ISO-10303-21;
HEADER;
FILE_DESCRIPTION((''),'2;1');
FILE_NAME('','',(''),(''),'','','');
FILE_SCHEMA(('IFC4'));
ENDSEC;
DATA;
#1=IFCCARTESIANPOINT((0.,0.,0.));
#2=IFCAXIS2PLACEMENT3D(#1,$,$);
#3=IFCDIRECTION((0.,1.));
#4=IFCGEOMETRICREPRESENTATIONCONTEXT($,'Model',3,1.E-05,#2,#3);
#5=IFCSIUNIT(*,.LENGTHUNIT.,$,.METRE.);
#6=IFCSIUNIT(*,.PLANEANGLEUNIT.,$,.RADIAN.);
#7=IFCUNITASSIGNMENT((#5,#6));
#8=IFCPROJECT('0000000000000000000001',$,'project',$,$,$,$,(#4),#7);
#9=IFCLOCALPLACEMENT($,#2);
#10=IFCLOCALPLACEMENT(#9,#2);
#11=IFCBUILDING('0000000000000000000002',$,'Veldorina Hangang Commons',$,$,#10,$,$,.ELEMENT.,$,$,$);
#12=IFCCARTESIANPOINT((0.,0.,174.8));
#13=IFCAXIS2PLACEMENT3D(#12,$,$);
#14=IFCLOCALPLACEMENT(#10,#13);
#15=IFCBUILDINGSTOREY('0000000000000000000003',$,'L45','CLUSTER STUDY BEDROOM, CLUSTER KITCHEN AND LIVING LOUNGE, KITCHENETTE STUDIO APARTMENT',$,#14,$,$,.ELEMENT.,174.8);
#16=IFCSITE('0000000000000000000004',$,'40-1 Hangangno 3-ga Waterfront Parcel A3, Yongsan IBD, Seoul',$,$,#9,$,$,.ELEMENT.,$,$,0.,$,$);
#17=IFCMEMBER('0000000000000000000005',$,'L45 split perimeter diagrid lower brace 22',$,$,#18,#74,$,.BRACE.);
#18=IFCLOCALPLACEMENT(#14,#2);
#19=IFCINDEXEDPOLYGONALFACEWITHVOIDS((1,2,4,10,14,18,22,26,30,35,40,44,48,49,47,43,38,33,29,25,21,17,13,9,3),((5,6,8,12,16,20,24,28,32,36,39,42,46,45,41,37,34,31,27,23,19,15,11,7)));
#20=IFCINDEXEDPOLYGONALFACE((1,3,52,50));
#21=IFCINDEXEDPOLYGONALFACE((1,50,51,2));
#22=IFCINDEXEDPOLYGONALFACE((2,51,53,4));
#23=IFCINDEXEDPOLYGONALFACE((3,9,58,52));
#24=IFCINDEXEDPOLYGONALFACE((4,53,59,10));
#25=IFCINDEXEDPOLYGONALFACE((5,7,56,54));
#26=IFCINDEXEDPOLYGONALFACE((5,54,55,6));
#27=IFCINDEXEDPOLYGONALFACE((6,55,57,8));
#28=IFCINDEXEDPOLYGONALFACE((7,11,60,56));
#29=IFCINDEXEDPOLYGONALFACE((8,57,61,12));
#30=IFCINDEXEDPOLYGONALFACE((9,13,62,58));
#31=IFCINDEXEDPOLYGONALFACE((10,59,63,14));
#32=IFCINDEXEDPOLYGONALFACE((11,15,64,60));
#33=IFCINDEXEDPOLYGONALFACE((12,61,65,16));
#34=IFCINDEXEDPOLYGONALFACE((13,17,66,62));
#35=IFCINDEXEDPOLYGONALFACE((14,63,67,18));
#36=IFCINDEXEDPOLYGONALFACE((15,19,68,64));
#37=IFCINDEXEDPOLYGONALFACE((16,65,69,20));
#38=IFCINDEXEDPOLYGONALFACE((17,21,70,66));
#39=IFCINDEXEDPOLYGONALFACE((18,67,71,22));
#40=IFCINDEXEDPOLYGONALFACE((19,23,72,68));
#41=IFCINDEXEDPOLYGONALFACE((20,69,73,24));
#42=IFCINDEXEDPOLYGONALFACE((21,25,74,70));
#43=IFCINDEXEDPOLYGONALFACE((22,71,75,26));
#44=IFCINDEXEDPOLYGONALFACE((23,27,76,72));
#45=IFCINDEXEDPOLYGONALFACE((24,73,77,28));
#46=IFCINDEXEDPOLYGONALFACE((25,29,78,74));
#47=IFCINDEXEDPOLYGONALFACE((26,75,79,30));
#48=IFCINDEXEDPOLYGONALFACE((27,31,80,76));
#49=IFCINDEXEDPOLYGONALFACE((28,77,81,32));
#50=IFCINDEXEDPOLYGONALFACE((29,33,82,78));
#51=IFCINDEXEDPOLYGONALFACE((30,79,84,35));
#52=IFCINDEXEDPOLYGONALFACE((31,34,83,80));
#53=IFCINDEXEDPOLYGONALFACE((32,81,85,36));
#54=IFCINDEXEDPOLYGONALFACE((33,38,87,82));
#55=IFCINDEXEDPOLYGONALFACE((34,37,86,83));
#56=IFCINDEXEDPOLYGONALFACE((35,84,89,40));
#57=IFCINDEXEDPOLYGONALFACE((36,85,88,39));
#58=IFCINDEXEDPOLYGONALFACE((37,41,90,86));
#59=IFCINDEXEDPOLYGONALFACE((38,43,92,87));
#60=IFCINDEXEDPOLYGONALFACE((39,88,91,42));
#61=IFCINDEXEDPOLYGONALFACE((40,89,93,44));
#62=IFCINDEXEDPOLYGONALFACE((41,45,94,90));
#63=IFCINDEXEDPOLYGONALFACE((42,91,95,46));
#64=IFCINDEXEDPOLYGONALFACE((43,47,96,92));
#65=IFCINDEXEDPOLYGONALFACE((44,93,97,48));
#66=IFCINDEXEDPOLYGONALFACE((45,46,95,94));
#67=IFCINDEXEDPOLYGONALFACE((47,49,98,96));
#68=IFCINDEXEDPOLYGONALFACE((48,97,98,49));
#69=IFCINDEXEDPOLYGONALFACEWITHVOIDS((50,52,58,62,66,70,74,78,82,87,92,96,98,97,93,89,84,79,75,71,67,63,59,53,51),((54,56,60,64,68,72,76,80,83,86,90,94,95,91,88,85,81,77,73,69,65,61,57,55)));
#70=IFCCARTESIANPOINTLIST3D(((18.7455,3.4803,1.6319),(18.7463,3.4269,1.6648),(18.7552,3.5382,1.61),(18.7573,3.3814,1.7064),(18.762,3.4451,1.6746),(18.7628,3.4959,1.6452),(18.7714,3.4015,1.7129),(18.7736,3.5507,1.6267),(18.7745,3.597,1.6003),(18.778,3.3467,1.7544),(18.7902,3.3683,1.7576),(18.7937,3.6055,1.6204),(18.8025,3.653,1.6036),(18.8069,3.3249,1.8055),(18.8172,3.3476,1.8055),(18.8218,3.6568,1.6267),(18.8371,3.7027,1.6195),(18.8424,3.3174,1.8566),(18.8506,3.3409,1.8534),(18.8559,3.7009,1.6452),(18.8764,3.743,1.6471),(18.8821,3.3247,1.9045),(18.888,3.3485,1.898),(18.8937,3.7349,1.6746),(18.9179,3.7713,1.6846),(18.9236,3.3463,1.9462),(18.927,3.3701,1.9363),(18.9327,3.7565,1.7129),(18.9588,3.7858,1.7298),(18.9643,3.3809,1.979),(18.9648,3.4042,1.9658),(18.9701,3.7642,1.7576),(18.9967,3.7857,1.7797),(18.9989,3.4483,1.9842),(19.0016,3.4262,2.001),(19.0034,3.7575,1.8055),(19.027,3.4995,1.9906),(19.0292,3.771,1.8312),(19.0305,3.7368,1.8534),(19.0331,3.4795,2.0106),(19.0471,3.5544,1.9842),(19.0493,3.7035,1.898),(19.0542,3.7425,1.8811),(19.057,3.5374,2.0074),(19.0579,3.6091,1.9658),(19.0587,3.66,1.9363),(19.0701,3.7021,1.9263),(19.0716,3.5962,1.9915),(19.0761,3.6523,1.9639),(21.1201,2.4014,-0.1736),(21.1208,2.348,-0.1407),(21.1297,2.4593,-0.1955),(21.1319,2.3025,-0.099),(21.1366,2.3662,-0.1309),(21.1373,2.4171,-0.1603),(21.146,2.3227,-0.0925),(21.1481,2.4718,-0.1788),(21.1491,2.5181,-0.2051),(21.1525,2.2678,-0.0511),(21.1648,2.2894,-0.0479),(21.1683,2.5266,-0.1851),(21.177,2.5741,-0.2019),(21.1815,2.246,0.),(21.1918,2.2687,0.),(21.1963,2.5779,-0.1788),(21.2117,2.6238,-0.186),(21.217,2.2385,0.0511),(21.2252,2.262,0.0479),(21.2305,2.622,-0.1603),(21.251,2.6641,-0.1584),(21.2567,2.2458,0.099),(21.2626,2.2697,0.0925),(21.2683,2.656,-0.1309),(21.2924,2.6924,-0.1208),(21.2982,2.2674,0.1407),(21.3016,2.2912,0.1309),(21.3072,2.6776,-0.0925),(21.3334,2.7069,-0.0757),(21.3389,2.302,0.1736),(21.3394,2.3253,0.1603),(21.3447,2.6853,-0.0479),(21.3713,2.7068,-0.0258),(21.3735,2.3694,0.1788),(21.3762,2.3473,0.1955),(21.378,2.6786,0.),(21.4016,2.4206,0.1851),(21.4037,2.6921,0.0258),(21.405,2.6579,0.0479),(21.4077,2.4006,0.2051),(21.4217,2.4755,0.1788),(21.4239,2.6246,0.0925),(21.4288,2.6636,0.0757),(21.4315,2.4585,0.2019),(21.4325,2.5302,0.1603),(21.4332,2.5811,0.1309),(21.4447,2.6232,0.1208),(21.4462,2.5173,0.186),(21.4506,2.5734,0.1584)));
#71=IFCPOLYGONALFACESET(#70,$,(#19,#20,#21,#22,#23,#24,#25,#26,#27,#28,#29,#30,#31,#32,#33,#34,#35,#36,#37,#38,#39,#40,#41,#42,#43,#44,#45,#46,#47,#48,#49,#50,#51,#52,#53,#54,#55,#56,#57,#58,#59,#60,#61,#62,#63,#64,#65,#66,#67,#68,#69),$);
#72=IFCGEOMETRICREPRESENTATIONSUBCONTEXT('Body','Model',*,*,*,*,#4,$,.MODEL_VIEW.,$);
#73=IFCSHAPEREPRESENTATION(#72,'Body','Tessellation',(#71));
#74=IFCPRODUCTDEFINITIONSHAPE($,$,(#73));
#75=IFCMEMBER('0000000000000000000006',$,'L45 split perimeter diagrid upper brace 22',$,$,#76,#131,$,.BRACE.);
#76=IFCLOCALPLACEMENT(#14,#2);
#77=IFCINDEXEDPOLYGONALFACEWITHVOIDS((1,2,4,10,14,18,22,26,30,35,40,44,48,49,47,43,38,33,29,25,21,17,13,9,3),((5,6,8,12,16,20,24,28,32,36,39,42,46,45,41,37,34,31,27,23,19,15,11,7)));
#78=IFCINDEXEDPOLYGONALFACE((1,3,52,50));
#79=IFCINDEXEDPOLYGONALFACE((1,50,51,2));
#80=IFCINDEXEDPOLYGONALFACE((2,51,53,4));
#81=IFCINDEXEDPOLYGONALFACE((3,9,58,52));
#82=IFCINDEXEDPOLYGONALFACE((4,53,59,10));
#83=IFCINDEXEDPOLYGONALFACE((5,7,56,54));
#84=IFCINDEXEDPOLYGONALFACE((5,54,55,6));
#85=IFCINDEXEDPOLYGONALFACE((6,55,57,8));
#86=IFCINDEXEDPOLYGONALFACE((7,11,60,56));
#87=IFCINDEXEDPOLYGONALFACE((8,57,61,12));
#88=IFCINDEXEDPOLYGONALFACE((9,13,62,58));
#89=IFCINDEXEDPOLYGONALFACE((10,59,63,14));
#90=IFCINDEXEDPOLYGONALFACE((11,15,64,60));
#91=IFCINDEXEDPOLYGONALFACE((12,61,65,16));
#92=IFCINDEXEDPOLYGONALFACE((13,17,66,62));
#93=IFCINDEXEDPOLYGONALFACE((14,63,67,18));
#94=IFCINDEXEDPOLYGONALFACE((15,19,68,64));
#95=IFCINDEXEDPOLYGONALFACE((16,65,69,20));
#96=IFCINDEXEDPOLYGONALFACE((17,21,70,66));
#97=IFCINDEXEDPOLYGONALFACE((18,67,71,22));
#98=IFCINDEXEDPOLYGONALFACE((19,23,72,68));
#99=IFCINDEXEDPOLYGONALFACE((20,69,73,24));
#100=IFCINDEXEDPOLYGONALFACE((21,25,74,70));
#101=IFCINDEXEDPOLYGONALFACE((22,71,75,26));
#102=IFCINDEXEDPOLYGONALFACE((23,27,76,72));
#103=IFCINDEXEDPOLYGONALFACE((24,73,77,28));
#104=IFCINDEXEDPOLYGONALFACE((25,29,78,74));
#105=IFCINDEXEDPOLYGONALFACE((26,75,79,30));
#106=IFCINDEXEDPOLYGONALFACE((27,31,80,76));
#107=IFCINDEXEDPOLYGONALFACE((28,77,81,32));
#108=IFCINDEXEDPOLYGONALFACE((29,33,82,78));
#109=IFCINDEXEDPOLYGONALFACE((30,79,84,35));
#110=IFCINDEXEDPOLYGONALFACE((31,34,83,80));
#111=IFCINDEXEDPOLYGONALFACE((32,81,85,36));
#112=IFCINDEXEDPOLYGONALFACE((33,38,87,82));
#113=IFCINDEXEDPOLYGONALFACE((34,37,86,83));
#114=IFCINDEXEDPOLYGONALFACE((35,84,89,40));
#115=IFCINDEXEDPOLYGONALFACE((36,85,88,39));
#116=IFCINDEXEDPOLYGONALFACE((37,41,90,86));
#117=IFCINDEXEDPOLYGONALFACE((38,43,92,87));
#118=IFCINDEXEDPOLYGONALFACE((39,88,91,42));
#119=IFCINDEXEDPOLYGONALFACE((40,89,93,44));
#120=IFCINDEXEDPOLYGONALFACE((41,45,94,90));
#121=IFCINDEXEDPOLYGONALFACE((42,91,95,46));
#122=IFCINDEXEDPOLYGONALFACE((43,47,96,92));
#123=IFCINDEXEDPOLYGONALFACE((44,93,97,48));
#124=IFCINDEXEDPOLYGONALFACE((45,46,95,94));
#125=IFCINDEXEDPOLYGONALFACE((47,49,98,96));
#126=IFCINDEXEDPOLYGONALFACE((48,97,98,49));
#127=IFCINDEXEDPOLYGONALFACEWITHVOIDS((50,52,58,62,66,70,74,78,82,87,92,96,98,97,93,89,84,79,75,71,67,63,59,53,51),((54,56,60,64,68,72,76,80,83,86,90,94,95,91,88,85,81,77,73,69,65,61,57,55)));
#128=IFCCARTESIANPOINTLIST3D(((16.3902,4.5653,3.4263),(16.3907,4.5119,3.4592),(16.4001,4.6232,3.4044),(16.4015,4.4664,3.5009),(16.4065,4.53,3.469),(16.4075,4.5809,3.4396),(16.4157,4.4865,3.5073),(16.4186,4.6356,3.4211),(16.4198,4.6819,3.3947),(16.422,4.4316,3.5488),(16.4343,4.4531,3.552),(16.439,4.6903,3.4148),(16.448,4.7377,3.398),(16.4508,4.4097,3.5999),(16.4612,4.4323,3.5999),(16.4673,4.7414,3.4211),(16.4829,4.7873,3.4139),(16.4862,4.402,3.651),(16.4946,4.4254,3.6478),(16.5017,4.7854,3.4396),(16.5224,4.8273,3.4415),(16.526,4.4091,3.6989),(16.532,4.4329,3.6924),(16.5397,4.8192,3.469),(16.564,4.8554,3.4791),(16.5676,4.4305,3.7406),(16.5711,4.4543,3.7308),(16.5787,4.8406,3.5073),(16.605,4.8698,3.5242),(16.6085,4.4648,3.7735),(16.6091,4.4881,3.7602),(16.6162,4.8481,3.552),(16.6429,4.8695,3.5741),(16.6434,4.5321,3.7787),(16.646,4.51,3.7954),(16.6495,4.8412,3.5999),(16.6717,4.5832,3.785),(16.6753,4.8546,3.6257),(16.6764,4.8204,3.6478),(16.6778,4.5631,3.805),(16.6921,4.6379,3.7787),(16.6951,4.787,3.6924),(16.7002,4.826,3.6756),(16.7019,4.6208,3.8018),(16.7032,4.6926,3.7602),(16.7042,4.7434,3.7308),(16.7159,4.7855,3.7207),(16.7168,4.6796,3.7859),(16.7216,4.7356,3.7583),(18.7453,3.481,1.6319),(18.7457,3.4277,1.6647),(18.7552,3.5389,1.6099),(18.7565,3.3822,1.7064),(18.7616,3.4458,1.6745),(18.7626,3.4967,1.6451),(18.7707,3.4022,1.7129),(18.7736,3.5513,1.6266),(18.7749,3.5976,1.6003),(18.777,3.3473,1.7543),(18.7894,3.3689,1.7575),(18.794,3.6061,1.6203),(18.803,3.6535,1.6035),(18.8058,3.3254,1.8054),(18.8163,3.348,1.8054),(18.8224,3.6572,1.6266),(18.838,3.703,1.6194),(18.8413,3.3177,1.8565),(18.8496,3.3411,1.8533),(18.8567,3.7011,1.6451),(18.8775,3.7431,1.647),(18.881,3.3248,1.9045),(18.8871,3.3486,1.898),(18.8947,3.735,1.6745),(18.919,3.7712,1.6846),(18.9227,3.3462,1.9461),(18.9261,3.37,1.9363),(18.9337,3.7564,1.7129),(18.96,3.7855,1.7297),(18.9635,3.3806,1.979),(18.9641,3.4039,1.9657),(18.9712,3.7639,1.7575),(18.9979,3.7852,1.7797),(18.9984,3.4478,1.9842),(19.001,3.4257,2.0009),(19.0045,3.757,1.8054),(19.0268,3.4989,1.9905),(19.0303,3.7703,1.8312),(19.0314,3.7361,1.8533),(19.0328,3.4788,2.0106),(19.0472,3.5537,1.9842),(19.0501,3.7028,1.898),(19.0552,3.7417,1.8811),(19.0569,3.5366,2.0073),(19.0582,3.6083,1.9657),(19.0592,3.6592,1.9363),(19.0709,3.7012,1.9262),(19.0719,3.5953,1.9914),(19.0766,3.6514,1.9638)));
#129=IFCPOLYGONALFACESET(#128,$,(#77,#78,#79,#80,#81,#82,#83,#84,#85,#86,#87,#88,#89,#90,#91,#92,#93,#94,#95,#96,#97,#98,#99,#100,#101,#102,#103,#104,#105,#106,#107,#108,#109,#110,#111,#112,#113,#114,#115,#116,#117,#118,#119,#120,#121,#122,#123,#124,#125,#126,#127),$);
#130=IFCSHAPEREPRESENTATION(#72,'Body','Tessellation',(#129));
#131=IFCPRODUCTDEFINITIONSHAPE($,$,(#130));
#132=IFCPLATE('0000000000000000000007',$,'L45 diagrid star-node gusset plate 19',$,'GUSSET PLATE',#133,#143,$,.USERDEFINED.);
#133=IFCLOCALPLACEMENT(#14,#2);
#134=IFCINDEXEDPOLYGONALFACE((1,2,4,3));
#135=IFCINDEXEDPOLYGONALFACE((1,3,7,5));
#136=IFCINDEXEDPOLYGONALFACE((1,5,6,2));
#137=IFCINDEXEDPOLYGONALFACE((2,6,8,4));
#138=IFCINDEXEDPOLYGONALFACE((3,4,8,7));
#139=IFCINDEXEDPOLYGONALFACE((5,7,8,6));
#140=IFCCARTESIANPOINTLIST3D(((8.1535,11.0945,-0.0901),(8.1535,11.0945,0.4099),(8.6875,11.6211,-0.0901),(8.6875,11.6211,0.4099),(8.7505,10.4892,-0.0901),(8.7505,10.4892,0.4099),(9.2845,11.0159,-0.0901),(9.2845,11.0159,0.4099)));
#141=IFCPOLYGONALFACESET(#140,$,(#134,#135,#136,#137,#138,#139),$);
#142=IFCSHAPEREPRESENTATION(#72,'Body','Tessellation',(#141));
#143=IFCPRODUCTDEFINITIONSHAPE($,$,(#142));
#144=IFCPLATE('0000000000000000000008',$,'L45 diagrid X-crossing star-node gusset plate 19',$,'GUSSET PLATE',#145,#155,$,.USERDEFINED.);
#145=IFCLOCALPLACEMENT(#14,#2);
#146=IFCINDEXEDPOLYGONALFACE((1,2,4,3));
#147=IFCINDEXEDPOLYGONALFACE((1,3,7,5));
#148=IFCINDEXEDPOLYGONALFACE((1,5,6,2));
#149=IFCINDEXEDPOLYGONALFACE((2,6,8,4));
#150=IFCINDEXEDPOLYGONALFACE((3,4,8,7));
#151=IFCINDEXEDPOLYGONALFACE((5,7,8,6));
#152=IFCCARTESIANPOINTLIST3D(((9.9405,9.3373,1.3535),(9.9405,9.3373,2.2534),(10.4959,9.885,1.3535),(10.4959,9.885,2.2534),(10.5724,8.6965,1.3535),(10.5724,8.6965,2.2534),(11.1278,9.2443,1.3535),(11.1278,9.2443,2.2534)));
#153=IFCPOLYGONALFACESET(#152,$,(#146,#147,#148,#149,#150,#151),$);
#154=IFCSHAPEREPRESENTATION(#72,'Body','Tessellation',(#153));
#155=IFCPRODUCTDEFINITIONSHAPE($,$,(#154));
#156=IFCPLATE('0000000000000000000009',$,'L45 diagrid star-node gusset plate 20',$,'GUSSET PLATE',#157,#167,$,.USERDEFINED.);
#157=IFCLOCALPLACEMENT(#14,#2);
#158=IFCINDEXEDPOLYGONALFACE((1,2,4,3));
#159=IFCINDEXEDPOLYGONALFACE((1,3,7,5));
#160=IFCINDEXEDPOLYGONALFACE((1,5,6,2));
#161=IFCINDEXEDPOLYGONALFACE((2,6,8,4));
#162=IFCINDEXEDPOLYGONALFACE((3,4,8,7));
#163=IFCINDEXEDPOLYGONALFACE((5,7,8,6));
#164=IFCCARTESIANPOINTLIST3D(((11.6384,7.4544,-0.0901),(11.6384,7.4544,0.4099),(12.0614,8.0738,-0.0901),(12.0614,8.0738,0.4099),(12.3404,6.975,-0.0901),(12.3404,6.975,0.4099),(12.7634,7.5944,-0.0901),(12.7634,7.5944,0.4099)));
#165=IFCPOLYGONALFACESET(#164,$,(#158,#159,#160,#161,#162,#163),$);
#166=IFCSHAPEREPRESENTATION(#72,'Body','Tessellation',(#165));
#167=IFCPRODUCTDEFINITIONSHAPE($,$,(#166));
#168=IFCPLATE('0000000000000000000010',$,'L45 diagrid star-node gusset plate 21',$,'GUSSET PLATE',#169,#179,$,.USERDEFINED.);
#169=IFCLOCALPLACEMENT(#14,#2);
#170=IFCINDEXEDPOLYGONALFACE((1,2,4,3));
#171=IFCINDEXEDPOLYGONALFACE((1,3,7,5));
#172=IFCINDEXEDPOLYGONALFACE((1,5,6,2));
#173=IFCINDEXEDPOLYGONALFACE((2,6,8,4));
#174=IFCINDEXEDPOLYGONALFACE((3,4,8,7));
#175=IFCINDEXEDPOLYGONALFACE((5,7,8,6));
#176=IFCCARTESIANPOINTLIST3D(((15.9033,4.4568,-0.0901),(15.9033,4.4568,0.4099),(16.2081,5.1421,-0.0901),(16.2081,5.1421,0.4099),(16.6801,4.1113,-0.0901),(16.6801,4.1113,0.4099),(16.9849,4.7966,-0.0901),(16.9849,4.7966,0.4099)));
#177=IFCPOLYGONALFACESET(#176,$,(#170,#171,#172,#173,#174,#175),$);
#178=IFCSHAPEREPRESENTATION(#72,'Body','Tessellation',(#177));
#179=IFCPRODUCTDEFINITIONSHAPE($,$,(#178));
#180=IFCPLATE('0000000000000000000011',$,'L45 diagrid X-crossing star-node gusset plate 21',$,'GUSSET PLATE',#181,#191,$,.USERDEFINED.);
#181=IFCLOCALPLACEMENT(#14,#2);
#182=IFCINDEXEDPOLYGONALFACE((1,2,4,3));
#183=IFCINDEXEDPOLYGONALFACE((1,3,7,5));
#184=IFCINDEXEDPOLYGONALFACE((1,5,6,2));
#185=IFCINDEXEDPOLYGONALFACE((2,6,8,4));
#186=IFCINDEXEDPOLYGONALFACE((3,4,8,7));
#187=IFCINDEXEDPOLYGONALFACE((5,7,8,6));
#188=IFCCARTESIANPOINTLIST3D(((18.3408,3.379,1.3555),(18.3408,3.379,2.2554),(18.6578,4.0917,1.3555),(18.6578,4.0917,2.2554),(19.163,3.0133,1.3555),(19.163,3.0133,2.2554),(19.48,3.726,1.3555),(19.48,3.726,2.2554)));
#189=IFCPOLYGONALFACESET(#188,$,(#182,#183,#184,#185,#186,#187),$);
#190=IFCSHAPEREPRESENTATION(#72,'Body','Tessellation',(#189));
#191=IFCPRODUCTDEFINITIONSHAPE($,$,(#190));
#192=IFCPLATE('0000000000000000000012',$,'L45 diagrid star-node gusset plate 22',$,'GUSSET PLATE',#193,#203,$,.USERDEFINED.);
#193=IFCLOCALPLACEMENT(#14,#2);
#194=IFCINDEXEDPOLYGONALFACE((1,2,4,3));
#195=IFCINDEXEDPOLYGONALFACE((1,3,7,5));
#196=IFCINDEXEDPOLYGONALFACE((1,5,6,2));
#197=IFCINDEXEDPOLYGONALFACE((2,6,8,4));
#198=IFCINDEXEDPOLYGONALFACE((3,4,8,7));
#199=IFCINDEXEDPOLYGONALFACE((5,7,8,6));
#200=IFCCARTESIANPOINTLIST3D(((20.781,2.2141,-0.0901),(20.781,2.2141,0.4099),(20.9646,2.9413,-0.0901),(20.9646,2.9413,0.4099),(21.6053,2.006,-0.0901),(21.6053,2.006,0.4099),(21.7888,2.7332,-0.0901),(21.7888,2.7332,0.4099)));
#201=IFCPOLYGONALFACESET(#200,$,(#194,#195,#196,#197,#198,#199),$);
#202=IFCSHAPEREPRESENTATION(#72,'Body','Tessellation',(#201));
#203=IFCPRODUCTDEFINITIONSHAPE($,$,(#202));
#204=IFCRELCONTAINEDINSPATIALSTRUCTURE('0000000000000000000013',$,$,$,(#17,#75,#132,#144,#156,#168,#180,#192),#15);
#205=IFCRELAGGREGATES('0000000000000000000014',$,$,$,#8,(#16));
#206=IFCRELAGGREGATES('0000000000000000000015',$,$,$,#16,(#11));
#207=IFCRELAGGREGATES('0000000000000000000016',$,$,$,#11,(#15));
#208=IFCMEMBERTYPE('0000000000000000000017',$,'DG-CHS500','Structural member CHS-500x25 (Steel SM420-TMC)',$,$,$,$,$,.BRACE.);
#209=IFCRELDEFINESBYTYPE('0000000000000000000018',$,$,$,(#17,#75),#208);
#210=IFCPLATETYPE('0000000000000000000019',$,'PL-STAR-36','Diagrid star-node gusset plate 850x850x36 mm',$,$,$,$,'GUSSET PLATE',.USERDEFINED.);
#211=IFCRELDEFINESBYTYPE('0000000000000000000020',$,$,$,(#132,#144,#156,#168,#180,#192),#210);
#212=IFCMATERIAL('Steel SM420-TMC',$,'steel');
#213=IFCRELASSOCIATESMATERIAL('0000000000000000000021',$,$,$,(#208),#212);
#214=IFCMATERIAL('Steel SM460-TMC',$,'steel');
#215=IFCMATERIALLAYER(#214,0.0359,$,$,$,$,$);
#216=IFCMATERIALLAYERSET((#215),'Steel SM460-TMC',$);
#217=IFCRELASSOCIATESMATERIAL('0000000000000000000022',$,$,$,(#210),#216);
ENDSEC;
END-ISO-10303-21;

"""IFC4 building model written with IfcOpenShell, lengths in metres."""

from ifc_helpers import new_model, si_unit, direction, frame, origin, origin_2d, place, context, subcontext, project, spatial, rectangle, hollow_circle, extrude, material, layer, layer_set, material_profile, profile_set, type_object, element, save


model = new_model("IFC4")

# Units and contexts
model_context = context("Model", 3, precision=1e-05, world=origin(), true_north=direction((0.0, 1.0)))
body_context = subcontext(model_context, "Body", "Model", "MODEL_VIEW")
ifc_project = project(units=[si_unit("LENGTHUNIT", "METRE"), si_unit("PLANEANGLEUNIT", "RADIAN")], contexts=[model_context])

# Site, building, storey
site_placement = place(None, origin())
site = spatial("IfcSite", under=ifc_project, at=site_placement, Name="40-1 Hangangno 3-ga Waterfront Parcel A3, Yongsan IBD, Seoul", CompositionType="ELEMENT", RefElevation=0.0)
building_placement = place(site_placement, origin())
building = spatial("IfcBuilding", under=site, at=building_placement, Name="Veldorina Hangang Commons", CompositionType="ELEMENT")
storey_placement = place(building_placement, frame((0.0, 0.0, 174.8)))
storey = spatial("IfcBuildingStorey", under=building, at=storey_placement, Name="L45", Description="CLUSTER STUDY BEDROOM, CLUSTER KITCHEN AND LIVING LOUNGE, KITCHENETTE STUDIO APARTMENT", CompositionType="ELEMENT", Elevation=174.8)

# Shared definitions
ifc_material_1 = material(Name="Steel SM420-TMC", Category="steel")

# Members
ifc_material_profile_1 = material_profile(ifc_material_1, hollow_circle(Radius=0.25, WallThickness=0.0249, at=origin_2d()), Name="CHS-500x25")
ifc_profile_set_1 = profile_set([ifc_material_profile_1], Name="Steel SM420-TMC")
member_type = type_object("IfcMemberType", Name="DG-CHS500", Description="Structural member CHS-500x25 (Steel SM420-TMC)", PredefinedType="BRACE", material=ifc_profile_set_1)
member_1_placement = place(storey_placement, frame((21.2849, 2.4736, 0.0), z_axis=(-0.748578, 0.340116, 0.569168), x_axis=(-0.413655, -0.910434, 0.0)))
element("IfcMember", 1, at=member_1_placement, inside=storey, type_object=member_type, Name="L45 split perimeter diagrid lower brace 22", PredefinedType="BRACE", context=body_context, shape_type="SweptSolid", body=[
    extrude(hollow_circle(Radius=0.25, WallThickness=0.0249, at=origin_2d()), origin(), (0.0, 0.0, 1.0), 3.1721),
])
member_2_placement = place(storey_placement, frame((18.9104, 3.5525, 1.8054), z_axis=(-0.746899, 0.343871, 0.569118), x_axis=(-0.418204, -0.908353, 0.0)))
element("IfcMember", 2, at=member_2_placement, inside=storey, type_object=member_type, Name="L45 split perimeter diagrid upper brace 22", PredefinedType="BRACE", context=body_context, shape_type="SweptSolid", body=[
    extrude(hollow_circle(Radius=0.25, WallThickness=0.0249, at=origin_2d()), origin(), (0.0, 0.0, 1.0), 3.1531),
])

# Plates
ifc_material_2 = material(Name="Steel SM460-TMC", Category="steel")
ifc_layer_1 = layer(ifc_material_2, 0.0359)
ifc_layer_set_1 = layer_set([ifc_layer_1], Name="Steel SM460-TMC")
plate_type = type_object("IfcPlateType", Name="PL-STAR-36", Description="Diagrid star-node gusset plate 850x850x36 mm", ElementType="GUSSET PLATE", PredefinedType="USERDEFINED", material=ifc_layer_set_1)
plate_1_placement = place(storey_placement, frame((8.719, 11.0552, -0.0901), z_axis=(0.0, 0.0, 1.0), x_axis=(0.702178, -0.712002, 0.0)))
element("IfcPlate", 3, at=plate_1_placement, inside=storey, type_object=plate_type, Name="L45 diagrid star-node gusset plate 19", ObjectType="GUSSET PLATE", PredefinedType="USERDEFINED", context=body_context, shape_type="SweptSolid", body=[
    extrude(rectangle(XDim=0.8501, YDim=0.75, at=origin_2d()), origin(), (0.0, 0.0, 1.0), 0.5),
])
plate_2_placement = place(storey_placement, frame((10.5342, 9.2908, 1.3535), z_axis=(0.0, 0.0, 1.0), x_axis=(0.702178, -0.712002, 0.0)))
element("IfcPlate", 4, at=plate_2_placement, inside=storey, type_object=plate_type, Name="L45 diagrid X-crossing star-node gusset plate 19", ObjectType="GUSSET PLATE", PredefinedType="USERDEFINED", context=body_context, shape_type="SweptSolid", body=[
    extrude(rectangle(XDim=0.8999, YDim=0.78, at=origin_2d()), origin(), (0.0, 0.0, 1.0), 0.8999),
])
for number, where, z_axis, x_axis, name in (
    (5, (12.2009, 7.5244, -0.0901), (0.0, 0.0, 1.0), (0.825803, -0.563959, 0.0), "L45 diagrid star-node gusset plate 20"),
    (6, (16.4441, 4.6267, -0.0901), (0.0, 0.0, 1.0), (0.913694, -0.406402, 0.0), "L45 diagrid star-node gusset plate 21"),
):
    element("IfcPlate", number, at=place(storey_placement, frame(where, z_axis=z_axis, x_axis=x_axis)), inside=storey, type_object=plate_type, Name=name, ObjectType="GUSSET PLATE", PredefinedType="USERDEFINED", context=body_context, shape_type="SweptSolid", body=[
        extrude(rectangle(XDim=0.8501, YDim=0.75, at=origin_2d()), origin(), (0.0, 0.0, 1.0), 0.5),
    ])
plate_3_placement = place(storey_placement, frame((18.9104, 3.5525, 1.3555), z_axis=(0.0, 0.0, 1.0), x_axis=(0.913694, -0.406402, 0.0)))
element("IfcPlate", 7, at=plate_3_placement, inside=storey, type_object=plate_type, Name="L45 diagrid X-crossing star-node gusset plate 21", ObjectType="GUSSET PLATE", PredefinedType="USERDEFINED", context=body_context, shape_type="SweptSolid", body=[
    extrude(rectangle(XDim=0.8999, YDim=0.78, at=origin_2d()), origin(), (0.0, 0.0, 1.0), 0.8999),
])
plate_4_placement = place(storey_placement, frame((21.2849, 2.4736, -0.0901), z_axis=(0.0, 0.0, 1.0), x_axis=(0.969586, -0.244749, 0.0)))
element("IfcPlate", 8, at=plate_4_placement, inside=storey, type_object=plate_type, Name="L45 diagrid star-node gusset plate 22", ObjectType="GUSSET PLATE", PredefinedType="USERDEFINED", context=body_context, shape_type="SweptSolid", body=[
    extrude(rectangle(XDim=0.8501, YDim=0.75, at=origin_2d()), origin(), (0.0, 0.0, 1.0), 0.5),
])

save(model, "model.ifc")
